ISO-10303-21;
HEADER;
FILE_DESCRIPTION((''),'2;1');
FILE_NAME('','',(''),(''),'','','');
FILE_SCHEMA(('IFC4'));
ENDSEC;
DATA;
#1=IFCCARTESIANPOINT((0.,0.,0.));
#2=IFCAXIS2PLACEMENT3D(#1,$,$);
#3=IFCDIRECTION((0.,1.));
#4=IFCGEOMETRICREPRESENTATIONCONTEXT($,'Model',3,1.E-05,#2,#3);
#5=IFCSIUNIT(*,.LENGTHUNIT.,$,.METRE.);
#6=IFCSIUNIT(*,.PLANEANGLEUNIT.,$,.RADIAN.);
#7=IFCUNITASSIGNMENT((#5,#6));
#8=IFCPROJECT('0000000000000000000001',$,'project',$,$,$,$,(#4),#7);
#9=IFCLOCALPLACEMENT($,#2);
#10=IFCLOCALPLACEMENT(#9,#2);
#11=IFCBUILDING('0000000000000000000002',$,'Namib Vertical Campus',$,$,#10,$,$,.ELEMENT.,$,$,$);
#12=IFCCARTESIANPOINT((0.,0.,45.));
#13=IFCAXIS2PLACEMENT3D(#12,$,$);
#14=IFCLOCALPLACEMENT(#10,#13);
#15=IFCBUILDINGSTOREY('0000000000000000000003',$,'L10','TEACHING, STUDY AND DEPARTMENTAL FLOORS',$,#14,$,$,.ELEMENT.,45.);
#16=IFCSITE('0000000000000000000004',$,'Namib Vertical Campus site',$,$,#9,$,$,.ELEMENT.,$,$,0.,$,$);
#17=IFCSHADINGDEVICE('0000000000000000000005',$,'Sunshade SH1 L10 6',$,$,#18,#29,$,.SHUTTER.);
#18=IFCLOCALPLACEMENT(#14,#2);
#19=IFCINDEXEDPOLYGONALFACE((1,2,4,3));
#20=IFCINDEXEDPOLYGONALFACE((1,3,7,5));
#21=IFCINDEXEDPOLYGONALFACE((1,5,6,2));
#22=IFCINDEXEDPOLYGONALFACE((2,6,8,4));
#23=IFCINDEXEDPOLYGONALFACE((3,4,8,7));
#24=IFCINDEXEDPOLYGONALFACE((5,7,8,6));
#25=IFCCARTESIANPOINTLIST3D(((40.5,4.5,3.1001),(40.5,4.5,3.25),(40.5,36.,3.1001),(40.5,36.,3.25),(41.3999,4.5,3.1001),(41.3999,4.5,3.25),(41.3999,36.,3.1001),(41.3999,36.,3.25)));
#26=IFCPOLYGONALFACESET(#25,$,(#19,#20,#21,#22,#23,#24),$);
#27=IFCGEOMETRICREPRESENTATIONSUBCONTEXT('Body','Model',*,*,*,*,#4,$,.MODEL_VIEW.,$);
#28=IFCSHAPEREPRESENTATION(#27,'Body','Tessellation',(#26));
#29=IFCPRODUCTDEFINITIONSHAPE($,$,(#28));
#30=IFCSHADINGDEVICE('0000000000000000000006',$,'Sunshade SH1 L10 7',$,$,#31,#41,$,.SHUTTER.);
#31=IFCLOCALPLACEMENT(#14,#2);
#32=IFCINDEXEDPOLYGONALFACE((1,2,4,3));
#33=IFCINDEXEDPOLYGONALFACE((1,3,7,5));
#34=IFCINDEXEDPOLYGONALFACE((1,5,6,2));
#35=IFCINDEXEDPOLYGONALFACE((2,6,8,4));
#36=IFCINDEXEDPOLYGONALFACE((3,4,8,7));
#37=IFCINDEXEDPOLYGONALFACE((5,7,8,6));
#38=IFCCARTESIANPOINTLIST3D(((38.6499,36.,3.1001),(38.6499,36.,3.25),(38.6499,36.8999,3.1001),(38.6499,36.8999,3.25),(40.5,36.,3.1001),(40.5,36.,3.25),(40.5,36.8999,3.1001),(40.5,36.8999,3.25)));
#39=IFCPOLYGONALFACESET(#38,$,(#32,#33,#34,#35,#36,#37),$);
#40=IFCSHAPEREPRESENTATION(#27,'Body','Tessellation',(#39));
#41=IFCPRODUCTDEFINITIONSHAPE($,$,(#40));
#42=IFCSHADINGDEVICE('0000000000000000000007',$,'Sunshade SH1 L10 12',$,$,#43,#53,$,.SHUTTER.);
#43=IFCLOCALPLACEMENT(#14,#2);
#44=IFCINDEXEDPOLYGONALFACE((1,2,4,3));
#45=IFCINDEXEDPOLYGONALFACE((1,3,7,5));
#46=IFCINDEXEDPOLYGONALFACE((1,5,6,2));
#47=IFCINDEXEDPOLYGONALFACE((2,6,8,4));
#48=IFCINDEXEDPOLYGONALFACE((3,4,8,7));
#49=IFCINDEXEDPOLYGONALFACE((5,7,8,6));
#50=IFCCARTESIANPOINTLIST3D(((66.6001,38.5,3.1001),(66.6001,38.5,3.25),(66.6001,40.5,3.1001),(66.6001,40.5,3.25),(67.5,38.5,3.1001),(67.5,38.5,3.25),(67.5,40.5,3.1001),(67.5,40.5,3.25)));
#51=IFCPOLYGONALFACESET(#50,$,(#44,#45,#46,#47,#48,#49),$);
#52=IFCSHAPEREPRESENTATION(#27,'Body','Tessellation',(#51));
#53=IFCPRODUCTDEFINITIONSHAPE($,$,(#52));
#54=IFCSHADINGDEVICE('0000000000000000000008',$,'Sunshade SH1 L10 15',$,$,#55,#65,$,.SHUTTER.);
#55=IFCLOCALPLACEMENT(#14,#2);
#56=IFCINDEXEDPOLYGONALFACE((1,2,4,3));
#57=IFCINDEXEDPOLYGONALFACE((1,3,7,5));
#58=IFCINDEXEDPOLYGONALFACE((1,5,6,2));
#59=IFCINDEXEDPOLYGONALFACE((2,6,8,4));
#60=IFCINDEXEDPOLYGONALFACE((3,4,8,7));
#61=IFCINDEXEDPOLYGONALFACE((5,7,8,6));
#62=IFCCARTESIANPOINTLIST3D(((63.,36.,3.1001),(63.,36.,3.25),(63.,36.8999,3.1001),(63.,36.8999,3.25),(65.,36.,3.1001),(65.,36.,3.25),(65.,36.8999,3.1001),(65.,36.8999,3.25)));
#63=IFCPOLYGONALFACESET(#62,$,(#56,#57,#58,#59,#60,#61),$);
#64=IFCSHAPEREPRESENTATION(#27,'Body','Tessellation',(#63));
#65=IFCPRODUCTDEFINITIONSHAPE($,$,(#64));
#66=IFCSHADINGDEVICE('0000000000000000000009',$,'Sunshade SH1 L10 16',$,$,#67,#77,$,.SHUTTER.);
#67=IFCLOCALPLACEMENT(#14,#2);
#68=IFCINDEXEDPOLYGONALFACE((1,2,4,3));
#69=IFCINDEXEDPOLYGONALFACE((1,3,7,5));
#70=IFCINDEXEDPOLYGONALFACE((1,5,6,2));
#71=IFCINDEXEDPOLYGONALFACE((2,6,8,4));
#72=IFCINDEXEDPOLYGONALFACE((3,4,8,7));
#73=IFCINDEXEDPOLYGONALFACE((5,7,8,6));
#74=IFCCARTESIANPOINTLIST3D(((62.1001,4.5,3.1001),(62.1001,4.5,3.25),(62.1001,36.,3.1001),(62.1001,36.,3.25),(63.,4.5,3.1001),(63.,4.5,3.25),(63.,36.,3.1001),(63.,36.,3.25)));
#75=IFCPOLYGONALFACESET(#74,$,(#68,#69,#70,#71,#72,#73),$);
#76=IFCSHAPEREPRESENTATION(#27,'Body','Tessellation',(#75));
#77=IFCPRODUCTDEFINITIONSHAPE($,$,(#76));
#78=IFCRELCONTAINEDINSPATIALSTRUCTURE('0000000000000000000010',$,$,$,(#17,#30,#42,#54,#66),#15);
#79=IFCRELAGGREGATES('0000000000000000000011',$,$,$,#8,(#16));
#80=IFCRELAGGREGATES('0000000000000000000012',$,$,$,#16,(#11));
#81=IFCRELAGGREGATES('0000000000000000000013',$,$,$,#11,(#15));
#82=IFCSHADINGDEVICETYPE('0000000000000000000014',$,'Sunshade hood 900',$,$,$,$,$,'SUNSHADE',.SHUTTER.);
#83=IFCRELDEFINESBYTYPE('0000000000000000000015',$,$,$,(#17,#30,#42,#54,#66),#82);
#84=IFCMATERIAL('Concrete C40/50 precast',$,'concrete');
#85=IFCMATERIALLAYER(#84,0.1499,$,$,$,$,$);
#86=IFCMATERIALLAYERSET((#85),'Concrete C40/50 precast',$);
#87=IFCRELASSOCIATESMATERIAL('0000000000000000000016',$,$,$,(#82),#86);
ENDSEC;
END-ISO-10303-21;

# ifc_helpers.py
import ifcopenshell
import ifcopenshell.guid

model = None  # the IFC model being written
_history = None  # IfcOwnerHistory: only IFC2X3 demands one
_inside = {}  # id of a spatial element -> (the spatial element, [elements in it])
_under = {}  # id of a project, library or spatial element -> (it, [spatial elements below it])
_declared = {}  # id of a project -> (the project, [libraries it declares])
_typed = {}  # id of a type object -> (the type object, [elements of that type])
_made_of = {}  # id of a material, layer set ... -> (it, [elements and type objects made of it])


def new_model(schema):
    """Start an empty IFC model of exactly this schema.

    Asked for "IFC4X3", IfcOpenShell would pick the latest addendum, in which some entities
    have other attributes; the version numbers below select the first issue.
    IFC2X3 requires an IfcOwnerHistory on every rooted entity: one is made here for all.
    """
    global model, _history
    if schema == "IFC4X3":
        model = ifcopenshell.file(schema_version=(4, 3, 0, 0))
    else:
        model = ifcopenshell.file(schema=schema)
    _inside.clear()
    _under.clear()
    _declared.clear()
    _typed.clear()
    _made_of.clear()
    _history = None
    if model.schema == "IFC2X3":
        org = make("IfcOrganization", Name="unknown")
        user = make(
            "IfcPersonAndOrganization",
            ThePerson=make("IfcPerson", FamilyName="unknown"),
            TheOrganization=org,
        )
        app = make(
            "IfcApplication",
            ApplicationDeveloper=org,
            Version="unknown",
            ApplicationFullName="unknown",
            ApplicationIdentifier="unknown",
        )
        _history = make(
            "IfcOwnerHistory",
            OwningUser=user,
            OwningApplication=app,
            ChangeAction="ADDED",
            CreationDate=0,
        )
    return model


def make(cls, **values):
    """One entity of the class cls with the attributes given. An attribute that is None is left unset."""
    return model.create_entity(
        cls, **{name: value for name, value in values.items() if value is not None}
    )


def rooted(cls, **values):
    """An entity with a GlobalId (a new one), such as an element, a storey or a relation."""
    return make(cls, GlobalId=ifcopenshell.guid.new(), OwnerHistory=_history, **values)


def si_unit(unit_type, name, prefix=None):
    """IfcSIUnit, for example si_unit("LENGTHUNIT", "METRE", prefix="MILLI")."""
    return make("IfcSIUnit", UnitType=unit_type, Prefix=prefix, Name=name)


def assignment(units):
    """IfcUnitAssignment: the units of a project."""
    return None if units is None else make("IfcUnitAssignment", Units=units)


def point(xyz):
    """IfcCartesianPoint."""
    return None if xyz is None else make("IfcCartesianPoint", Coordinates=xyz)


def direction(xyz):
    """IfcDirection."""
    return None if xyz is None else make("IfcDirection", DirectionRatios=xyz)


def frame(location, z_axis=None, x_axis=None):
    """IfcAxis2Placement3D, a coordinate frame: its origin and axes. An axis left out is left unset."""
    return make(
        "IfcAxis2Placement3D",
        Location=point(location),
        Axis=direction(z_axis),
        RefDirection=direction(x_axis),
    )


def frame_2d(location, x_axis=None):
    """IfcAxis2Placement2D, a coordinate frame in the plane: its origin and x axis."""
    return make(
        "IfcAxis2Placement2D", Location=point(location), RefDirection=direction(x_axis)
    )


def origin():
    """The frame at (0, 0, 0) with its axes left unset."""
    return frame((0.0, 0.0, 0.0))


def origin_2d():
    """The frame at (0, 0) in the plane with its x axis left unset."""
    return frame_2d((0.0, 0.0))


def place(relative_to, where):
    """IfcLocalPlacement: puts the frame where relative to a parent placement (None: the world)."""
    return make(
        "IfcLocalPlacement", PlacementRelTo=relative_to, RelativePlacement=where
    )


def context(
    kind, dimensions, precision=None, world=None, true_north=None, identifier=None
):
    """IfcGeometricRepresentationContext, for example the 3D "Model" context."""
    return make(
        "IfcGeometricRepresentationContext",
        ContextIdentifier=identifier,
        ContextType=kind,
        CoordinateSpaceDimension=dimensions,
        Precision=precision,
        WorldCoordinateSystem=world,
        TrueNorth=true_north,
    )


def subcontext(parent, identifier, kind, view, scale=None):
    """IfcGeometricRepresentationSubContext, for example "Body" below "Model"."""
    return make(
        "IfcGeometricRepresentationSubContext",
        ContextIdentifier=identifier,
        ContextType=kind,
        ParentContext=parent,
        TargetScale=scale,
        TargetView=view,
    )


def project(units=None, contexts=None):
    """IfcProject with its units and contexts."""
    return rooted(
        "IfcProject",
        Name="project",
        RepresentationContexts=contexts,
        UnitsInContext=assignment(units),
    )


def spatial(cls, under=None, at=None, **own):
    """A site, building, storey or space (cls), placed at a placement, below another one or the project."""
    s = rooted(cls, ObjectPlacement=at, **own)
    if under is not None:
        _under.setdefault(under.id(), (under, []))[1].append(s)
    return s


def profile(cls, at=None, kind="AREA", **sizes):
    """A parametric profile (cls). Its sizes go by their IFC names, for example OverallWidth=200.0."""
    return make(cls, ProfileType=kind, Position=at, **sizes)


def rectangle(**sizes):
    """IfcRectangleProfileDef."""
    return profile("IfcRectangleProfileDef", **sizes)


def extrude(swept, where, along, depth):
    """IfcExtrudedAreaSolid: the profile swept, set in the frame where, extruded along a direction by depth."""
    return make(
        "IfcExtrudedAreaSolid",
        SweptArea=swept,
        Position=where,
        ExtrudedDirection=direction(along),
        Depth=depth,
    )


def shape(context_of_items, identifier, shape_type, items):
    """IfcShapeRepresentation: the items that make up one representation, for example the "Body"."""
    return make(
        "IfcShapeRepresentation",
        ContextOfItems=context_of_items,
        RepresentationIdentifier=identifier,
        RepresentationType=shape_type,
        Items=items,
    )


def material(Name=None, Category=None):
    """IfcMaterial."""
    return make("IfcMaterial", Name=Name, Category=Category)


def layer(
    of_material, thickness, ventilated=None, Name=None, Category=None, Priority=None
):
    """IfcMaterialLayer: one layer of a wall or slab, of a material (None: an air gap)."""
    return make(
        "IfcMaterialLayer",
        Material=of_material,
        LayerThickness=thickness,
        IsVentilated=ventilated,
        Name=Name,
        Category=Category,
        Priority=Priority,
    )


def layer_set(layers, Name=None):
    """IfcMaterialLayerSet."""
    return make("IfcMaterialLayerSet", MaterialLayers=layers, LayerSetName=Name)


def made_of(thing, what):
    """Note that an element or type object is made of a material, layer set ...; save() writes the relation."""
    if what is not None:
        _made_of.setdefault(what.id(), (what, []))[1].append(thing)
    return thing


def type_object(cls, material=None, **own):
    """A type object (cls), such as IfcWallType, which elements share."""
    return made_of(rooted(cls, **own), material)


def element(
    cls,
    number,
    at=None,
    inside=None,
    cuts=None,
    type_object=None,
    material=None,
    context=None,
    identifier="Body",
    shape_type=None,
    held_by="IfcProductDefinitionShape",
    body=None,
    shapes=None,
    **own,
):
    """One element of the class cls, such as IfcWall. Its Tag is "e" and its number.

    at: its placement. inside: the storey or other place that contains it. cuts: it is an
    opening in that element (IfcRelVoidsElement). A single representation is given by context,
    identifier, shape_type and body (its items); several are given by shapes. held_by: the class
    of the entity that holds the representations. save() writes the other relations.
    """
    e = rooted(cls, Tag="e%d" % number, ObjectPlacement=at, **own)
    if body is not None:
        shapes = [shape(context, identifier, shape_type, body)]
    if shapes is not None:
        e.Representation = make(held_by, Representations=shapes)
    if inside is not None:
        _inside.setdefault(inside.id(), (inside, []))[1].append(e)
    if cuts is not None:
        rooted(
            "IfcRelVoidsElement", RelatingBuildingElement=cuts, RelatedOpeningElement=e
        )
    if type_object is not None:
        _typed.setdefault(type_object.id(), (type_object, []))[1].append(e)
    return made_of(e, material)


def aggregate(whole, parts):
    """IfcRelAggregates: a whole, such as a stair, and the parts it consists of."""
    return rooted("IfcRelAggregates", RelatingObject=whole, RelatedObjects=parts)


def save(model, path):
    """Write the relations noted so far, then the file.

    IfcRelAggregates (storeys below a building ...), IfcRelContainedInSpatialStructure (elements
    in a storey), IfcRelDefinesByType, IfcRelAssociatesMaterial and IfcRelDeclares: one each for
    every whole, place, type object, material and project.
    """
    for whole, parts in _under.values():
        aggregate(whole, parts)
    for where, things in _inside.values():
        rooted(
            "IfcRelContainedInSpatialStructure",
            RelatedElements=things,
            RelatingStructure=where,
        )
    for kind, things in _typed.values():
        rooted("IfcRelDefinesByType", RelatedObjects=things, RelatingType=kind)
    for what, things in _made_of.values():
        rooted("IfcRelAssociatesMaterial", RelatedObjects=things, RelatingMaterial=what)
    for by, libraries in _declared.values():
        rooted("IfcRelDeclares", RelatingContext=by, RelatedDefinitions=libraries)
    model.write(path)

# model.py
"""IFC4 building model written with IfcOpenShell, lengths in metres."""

from ifc_helpers import new_model, si_unit, direction, frame, origin, origin_2d, place, context, subcontext, project, spatial, rectangle, extrude, material, layer, layer_set, type_object, element, save


model = new_model("IFC4")

# Units and contexts
model_context = context("Model", 3, precision=1e-05, world=origin(), true_north=direction((0.0, 1.0)))
body_context = subcontext(model_context, "Body", "Model", "MODEL_VIEW")
ifc_project = project(units=[si_unit("LENGTHUNIT", "METRE"), si_unit("PLANEANGLEUNIT", "RADIAN")], contexts=[model_context])

# Site, building, storey
site_placement = place(None, origin())
site = spatial("IfcSite", under=ifc_project, at=site_placement, Name="Namib Vertical Campus site", CompositionType="ELEMENT", RefElevation=0.0)
building_placement = place(site_placement, origin())
building = spatial("IfcBuilding", under=site, at=building_placement, Name="Namib Vertical Campus", CompositionType="ELEMENT")
storey_placement = place(building_placement, frame((0.0, 0.0, 45.0)))
storey = spatial("IfcBuildingStorey", under=building, at=storey_placement, Name="L10", Description="TEACHING, STUDY AND DEPARTMENTAL FLOORS", CompositionType="ELEMENT", Elevation=45.0)

# Shading devices
ifc_material_1 = material(Name="Concrete C40/50 precast", Category="concrete")
ifc_layer_1 = layer(ifc_material_1, 0.1499)
ifc_layer_set_1 = layer_set([ifc_layer_1], Name="Concrete C40/50 precast")
shading_device_type = type_object("IfcShadingDeviceType", Name="Sunshade hood 900", ElementType="SUNSHADE", PredefinedType="SHUTTER", material=ifc_layer_set_1)
shading_device_1_placement = place(storey_placement, frame((40.95, 20.25, 3.1001), z_axis=(0.0, 0.0, 1.0), x_axis=(0.0, 1.0, 0.0)))
element("IfcShadingDevice", 1, at=shading_device_1_placement, inside=storey, type_object=shading_device_type, Name="Sunshade SH1 L10 6", PredefinedType="SHUTTER", context=body_context, shape_type="SweptSolid", body=[
    extrude(rectangle(XDim=31.5, YDim=0.8999, at=origin_2d()), origin(), (0.0, 0.0, 1.0), 0.1499),
])
shading_device_2_placement = place(storey_placement, frame((39.575, 36.45, 3.1001), z_axis=(0.0, 0.0, 1.0), x_axis=(-1.0, 0.0, 0.0)))
element("IfcShadingDevice", 2, at=shading_device_2_placement, inside=storey, type_object=shading_device_type, Name="Sunshade SH1 L10 7", PredefinedType="SHUTTER", context=body_context, shape_type="SweptSolid", body=[
    extrude(rectangle(XDim=1.8501, YDim=0.8999, at=origin_2d()), origin(), (0.0, 0.0, 1.0), 0.1499),
])
for number, where, z_axis, x_axis, name in (
    (3, (67.05, 39.5, 3.1001), (0.0, 0.0, 1.0), (0.0, -1.0, 0.0), "Sunshade SH1 L10 12"),
    (4, (64.0, 36.45, 3.1001), (0.0, 0.0, 1.0), (-1.0, 0.0, 0.0), "Sunshade SH1 L10 15"),
):
    element("IfcShadingDevice", number, at=place(storey_placement, frame(where, z_axis=z_axis, x_axis=x_axis)), inside=storey, type_object=shading_device_type, Name=name, PredefinedType="SHUTTER", context=body_context, shape_type="SweptSolid", body=[
        extrude(rectangle(XDim=2.0, YDim=0.8999, at=origin_2d()), origin(), (0.0, 0.0, 1.0), 0.1499),
    ])
shading_device_3_placement = place(storey_placement, frame((62.55, 20.25, 3.1001), z_axis=(0.0, 0.0, 1.0), x_axis=(0.0, -1.0, 0.0)))
element("IfcShadingDevice", 5, at=shading_device_3_placement, inside=storey, type_object=shading_device_type, Name="Sunshade SH1 L10 16", PredefinedType="SHUTTER", context=body_context, shape_type="SweptSolid", body=[
    extrude(rectangle(XDim=31.5, YDim=0.8999, at=origin_2d()), origin(), (0.0, 0.0, 1.0), 0.1499),
])

save(model, "model.ifc")
